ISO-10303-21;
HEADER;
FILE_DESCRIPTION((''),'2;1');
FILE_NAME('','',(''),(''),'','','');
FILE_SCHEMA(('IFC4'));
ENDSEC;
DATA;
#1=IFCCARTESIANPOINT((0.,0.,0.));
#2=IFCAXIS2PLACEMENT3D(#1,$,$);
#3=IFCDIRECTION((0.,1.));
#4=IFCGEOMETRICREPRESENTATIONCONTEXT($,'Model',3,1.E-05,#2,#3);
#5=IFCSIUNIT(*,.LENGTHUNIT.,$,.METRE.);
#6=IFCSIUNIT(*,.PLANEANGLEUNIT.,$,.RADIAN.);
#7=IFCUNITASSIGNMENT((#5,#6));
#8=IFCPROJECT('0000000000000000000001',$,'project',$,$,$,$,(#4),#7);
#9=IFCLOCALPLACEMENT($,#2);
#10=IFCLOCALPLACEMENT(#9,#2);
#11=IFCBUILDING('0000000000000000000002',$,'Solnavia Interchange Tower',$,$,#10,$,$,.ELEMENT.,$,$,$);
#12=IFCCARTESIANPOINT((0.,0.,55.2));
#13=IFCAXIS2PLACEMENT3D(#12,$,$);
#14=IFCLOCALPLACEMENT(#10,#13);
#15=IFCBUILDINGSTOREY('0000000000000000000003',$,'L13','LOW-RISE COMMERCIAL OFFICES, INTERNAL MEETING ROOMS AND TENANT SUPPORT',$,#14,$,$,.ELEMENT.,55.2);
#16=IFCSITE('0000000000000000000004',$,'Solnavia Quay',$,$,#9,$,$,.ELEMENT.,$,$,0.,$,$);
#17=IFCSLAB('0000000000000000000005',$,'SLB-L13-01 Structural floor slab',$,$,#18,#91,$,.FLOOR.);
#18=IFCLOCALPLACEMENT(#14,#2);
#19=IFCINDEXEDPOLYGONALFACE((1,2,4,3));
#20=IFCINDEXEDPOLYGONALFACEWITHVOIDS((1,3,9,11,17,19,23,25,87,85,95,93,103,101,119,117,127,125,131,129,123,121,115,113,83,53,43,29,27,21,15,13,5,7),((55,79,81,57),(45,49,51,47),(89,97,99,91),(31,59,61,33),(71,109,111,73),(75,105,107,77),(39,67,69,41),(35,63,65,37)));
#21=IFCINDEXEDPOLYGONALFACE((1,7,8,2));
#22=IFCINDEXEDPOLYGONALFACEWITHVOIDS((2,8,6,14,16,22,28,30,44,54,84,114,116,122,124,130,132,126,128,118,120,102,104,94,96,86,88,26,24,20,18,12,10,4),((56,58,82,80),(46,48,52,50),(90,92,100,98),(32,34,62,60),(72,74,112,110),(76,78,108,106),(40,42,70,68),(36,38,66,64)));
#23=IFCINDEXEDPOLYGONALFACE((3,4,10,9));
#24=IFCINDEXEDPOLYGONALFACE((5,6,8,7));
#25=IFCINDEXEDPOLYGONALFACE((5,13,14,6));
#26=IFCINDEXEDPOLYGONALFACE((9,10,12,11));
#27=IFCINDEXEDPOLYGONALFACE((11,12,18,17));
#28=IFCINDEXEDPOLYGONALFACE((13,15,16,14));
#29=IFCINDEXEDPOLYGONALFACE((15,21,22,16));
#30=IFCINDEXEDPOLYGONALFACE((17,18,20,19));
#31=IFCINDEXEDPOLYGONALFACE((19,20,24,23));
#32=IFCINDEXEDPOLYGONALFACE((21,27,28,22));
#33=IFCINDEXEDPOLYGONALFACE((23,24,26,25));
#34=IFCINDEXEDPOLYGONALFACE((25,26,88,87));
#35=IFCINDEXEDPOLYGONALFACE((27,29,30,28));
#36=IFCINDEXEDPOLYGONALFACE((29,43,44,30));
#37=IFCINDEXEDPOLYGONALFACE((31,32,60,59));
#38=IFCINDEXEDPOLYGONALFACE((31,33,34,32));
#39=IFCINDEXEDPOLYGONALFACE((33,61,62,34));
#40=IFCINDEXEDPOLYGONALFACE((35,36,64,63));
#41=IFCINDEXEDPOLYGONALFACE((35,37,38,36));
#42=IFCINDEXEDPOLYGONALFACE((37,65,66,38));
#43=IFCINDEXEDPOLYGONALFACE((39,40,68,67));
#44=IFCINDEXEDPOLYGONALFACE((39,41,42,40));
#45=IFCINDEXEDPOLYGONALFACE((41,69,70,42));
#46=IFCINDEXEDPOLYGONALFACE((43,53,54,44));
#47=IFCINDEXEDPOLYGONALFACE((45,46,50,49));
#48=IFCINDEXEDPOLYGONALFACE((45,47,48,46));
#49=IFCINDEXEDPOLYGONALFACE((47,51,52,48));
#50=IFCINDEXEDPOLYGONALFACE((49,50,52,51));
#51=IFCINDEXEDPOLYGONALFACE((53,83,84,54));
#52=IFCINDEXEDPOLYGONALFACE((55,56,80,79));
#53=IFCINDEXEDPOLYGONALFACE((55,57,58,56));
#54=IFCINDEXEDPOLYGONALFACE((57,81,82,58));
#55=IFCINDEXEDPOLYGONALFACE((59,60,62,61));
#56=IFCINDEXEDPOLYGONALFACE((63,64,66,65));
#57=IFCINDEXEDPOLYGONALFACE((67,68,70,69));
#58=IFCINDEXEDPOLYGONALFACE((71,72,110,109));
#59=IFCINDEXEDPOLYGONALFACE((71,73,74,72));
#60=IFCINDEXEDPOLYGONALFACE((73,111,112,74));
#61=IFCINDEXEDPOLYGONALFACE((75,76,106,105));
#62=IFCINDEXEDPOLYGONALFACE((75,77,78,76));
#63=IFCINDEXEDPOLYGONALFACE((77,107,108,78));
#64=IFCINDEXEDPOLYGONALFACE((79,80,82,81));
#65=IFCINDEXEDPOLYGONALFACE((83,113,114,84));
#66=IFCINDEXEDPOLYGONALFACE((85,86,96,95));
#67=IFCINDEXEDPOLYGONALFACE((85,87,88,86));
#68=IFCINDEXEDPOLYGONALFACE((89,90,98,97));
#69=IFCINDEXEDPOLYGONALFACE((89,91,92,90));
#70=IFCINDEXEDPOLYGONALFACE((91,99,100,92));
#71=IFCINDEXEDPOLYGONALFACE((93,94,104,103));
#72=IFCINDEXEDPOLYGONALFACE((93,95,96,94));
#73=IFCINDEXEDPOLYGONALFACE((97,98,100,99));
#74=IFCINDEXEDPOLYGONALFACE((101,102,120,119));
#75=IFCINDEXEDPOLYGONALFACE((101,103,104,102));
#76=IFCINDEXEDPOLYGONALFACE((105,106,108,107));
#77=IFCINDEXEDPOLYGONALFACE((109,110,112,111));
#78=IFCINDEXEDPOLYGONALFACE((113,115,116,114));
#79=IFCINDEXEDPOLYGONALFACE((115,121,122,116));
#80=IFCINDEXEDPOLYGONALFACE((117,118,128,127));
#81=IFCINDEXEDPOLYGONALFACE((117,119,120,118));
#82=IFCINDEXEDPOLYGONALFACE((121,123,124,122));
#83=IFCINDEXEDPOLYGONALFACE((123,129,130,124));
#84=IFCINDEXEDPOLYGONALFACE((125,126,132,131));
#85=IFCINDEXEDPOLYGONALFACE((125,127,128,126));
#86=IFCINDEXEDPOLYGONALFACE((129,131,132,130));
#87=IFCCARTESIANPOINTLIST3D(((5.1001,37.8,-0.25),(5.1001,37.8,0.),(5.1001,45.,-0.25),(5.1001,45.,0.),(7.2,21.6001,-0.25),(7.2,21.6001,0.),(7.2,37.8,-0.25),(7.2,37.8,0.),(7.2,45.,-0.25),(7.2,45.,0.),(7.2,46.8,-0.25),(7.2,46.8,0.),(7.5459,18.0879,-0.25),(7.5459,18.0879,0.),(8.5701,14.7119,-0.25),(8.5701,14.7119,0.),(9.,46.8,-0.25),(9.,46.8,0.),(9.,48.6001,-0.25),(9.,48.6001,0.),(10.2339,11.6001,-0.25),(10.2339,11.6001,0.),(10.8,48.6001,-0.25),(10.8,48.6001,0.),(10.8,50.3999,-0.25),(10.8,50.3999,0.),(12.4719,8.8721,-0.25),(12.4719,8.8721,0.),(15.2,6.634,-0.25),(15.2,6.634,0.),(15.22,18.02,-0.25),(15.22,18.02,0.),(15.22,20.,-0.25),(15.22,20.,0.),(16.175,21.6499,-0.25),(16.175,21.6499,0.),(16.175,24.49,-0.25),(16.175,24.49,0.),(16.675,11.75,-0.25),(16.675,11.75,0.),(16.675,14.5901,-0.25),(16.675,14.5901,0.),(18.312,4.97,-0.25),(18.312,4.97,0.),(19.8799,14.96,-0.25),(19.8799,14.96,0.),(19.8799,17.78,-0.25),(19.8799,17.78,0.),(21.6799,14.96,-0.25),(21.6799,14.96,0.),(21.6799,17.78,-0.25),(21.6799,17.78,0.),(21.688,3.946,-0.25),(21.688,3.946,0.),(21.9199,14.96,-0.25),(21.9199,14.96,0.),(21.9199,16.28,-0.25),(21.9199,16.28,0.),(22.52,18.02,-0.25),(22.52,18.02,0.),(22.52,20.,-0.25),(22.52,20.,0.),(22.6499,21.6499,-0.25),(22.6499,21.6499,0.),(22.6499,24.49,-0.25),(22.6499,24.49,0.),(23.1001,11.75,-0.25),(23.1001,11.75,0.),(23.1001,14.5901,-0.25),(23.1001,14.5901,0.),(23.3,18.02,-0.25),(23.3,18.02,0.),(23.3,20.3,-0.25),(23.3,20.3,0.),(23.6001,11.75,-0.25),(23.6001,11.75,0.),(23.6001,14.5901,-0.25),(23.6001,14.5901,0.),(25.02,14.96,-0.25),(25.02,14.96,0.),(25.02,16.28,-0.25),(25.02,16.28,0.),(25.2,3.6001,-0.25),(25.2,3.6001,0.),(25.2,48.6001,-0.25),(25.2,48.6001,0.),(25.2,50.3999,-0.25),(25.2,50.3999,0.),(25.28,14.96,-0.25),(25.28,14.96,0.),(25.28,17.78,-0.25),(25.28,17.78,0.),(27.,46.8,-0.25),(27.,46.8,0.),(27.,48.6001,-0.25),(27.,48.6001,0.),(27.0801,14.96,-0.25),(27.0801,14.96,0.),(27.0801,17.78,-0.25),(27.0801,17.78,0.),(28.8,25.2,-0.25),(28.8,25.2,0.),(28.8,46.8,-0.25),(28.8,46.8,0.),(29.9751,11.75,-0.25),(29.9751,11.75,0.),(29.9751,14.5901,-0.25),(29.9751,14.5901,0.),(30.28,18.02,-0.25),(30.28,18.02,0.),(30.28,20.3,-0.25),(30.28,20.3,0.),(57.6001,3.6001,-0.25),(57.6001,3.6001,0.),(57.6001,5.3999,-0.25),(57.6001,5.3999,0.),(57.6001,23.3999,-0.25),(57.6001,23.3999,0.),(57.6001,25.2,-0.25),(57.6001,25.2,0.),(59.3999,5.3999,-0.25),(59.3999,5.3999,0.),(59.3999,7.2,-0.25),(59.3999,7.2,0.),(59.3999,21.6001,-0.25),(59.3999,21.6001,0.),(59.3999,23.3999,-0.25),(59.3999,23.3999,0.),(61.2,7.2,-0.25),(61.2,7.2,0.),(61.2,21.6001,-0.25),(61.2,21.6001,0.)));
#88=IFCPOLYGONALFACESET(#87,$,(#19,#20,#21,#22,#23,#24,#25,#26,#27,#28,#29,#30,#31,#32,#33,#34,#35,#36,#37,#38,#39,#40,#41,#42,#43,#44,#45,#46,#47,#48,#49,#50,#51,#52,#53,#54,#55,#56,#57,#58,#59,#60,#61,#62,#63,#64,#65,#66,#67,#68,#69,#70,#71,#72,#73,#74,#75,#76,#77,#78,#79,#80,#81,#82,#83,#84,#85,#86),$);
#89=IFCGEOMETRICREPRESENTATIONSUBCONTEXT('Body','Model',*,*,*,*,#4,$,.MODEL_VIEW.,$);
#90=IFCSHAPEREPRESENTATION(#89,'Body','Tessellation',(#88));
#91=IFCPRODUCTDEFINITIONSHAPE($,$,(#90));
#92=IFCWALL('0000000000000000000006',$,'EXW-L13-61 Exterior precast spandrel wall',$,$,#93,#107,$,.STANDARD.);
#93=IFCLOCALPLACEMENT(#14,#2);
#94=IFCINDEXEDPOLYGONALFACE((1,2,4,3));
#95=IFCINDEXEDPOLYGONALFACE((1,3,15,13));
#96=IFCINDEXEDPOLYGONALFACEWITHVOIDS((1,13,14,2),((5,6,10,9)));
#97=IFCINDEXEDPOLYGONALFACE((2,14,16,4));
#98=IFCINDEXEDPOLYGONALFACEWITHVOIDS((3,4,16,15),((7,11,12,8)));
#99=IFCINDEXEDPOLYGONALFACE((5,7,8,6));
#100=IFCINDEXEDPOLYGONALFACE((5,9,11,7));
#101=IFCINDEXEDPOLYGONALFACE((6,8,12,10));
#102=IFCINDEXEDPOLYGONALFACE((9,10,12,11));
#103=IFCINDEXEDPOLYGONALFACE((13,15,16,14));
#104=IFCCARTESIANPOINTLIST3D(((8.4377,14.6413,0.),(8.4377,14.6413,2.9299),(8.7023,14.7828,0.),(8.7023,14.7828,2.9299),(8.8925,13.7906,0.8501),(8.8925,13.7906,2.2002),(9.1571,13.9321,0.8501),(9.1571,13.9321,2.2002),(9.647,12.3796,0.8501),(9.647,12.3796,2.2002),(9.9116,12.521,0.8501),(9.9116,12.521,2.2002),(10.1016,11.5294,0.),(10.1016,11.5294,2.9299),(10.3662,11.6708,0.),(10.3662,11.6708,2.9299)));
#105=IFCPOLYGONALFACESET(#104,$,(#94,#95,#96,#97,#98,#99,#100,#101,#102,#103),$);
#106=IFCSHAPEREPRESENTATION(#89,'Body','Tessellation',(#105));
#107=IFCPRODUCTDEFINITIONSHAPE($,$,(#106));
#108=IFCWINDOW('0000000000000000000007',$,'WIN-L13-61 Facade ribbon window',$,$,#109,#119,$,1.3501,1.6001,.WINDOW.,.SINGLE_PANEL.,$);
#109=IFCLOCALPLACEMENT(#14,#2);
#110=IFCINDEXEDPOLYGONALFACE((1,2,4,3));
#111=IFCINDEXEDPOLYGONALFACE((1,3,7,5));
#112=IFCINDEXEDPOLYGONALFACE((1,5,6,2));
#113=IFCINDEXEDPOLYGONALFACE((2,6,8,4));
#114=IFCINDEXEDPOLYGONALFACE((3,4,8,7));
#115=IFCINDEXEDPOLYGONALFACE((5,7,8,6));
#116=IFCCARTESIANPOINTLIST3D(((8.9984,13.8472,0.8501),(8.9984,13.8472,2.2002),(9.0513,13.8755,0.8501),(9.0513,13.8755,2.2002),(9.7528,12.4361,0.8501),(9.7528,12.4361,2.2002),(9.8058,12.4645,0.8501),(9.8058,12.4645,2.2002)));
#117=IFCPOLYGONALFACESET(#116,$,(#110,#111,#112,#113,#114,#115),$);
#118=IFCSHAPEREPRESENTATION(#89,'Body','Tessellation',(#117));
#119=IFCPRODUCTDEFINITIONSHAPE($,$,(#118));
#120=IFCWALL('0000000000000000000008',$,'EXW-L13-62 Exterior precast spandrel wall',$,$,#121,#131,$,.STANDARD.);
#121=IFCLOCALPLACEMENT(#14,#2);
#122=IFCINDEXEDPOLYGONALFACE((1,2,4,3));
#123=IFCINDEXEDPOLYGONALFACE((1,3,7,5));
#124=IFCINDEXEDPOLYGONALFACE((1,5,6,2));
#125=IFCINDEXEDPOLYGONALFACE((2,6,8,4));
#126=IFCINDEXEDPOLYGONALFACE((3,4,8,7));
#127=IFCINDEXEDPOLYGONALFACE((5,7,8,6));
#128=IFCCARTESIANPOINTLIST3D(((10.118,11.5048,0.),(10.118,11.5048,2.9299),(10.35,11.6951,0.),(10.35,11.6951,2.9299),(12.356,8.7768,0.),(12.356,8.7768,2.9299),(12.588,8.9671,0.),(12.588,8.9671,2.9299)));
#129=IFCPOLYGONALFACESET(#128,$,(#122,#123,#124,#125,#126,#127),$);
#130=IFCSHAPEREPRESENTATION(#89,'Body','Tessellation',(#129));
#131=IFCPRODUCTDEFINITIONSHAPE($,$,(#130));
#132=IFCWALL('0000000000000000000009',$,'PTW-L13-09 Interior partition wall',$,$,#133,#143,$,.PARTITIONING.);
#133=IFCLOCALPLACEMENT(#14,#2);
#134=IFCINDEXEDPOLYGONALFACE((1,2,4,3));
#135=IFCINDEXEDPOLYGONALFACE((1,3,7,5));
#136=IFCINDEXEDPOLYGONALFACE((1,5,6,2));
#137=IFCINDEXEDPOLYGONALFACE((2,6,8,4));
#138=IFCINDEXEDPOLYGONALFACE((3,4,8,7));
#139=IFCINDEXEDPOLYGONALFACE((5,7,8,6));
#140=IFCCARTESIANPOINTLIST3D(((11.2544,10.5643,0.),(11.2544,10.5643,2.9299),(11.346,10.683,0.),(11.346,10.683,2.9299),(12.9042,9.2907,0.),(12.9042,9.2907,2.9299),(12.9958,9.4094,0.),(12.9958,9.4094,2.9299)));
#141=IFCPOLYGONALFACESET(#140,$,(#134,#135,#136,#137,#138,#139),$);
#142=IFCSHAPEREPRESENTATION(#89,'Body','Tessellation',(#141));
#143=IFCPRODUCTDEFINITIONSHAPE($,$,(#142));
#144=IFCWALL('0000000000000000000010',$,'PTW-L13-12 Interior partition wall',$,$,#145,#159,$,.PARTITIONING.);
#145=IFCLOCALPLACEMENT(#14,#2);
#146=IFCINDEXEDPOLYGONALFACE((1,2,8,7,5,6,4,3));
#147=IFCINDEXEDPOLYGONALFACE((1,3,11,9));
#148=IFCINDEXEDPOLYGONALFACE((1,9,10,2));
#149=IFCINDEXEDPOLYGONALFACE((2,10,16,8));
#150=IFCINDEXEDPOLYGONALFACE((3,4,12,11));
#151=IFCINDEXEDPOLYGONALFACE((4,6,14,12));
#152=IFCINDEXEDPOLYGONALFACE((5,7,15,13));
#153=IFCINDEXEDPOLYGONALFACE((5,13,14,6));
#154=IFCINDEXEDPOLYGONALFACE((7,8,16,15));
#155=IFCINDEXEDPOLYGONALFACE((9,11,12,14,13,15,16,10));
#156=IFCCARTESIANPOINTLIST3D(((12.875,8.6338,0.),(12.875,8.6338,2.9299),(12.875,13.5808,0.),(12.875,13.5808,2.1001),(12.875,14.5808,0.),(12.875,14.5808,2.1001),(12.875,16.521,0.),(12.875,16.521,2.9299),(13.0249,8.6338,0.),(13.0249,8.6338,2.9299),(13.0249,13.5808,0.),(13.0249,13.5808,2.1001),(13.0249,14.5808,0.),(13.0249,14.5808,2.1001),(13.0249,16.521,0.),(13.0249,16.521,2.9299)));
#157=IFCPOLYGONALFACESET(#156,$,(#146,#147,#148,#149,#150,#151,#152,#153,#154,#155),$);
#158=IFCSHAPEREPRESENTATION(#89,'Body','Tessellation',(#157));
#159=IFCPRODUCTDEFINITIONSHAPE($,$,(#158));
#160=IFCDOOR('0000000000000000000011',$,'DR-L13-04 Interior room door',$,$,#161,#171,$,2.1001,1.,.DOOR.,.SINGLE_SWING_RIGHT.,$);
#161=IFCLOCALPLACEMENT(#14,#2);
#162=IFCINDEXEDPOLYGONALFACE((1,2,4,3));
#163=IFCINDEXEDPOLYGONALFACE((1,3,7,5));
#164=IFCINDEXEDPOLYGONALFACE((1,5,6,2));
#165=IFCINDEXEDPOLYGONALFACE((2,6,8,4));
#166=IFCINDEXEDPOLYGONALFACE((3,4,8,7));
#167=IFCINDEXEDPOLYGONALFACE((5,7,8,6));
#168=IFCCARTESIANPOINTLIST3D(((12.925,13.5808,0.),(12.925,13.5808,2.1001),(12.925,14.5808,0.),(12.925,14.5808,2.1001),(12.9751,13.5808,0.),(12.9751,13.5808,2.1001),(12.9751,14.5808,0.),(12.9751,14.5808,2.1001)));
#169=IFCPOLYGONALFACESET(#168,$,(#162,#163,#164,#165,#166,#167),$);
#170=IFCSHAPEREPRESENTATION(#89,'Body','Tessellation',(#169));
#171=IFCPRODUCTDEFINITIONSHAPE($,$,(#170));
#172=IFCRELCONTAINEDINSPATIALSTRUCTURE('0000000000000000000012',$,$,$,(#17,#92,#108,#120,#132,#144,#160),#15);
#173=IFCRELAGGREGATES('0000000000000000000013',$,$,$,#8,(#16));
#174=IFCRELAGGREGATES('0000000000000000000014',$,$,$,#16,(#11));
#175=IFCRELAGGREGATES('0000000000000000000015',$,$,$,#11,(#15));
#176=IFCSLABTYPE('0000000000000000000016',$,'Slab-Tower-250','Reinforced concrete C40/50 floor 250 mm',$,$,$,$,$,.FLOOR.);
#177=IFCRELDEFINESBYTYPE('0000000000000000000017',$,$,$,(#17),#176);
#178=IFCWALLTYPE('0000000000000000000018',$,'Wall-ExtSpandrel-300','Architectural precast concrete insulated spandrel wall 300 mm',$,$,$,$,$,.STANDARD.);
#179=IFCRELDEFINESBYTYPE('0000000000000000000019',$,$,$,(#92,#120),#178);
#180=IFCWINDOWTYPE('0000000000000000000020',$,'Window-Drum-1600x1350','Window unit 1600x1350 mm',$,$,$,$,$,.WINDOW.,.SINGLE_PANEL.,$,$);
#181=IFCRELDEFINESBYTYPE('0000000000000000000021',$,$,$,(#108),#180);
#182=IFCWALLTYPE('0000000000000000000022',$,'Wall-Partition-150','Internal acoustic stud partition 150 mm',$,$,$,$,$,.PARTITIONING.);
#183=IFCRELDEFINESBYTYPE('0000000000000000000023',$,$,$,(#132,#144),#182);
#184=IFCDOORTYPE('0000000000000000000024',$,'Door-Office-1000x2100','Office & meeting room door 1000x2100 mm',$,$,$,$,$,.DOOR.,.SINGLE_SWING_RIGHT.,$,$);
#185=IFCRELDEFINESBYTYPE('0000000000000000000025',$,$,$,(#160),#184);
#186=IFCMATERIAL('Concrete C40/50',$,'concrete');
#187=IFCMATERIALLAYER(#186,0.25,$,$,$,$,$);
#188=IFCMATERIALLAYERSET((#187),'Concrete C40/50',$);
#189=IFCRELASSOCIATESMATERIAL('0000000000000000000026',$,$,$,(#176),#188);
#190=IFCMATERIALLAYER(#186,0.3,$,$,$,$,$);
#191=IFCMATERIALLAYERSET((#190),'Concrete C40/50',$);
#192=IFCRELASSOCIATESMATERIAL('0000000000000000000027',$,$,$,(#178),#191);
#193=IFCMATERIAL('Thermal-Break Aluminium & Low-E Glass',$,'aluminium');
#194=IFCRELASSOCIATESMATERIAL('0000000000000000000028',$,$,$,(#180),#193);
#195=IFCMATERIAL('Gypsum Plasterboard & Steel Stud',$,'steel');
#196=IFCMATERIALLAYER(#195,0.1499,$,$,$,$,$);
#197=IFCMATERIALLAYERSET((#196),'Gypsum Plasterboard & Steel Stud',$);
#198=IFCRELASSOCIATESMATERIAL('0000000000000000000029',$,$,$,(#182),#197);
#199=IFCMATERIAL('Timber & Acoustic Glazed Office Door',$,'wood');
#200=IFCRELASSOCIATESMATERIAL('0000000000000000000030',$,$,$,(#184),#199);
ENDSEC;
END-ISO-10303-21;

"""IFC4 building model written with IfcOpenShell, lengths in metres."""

from ifc_helpers import new_model, si_unit, direction, frame, frame_2d, origin, place, context, subcontext, project, spatial, polyline, rectangle, outline, extrude, material, layer, layer_set, type_object, element, fill, save


model = new_model("IFC4")

# Units and contexts
model_context = context("Model", 3, precision=1e-05, world=origin(), true_north=direction((0.0, 1.0)))
body_context = subcontext(model_context, "Body", "Model", "MODEL_VIEW")
ifc_project = project(units=[si_unit("LENGTHUNIT", "METRE"), si_unit("PLANEANGLEUNIT", "RADIAN")], contexts=[model_context])

# Site, building, storey
site_placement = place(None, origin())
site = spatial("IfcSite", under=ifc_project, at=site_placement, Name="Solnavia Quay", CompositionType="ELEMENT", RefElevation=0.0)
building_placement = place(site_placement, origin())
building = spatial("IfcBuilding", under=site, at=building_placement, Name="Solnavia Interchange Tower", CompositionType="ELEMENT")
storey_placement = place(building_placement, frame((0.0, 0.0, 55.2)))
storey = spatial("IfcBuildingStorey", under=building, at=storey_placement, Name="L13", Description="LOW-RISE COMMERCIAL OFFICES, INTERNAL MEETING ROOMS AND TENANT SUPPORT", CompositionType="ELEMENT", Elevation=55.2)

# Shared definitions
ifc_material_1 = material(Name="Concrete C40/50", Category="concrete")

# Slab
ifc_layer_1 = layer(ifc_material_1, 0.25)
ifc_layer_set_1 = layer_set([ifc_layer_1], Name="Concrete C40/50")
slab_type_1 = type_object("IfcSlabType", Name="Slab-Tower-250", Description="Reinforced concrete C40/50 floor 250 mm", PredefinedType="FLOOR", material=ifc_layer_set_1)
slab_1_placement = place(storey_placement, frame((0.0, 0.0, -0.25)))
element("IfcSlab", 1, at=slab_1_placement, inside=storey, type_object=slab_type_1, Name="SLB-L13-01 Structural floor slab", PredefinedType="FLOOR", context=body_context, shape_type="SweptSolid", body=[
    extrude(outline(polyline([(25.2, 3.6001), (57.6001, 3.6001), (57.6001, 5.3999), (59.3999, 5.3999), (59.3999, 7.2), (61.2, 7.2), (61.2, 21.6001), (59.3999, 21.6001), (59.3999, 23.3999), (57.6001, 23.3999), (57.6001, 25.2), (28.8, 25.2), (28.8, 46.8), (27.0, 46.8), (27.0, 48.6001), (25.2, 48.6001), (25.2, 50.3999), (10.8, 50.3999), (10.8, 48.6001), (9.0, 48.6001), (9.0, 46.8), (7.2, 46.8), (7.2, 45.0), (5.1001, 45.0), (5.1001, 37.8), (7.2, 37.8), (7.2, 21.6001), (7.5459, 18.0879), (8.5701, 14.7119), (10.2339, 11.6001), (12.4719, 8.8721), (15.2, 6.634), (18.312, 4.97), (21.688, 3.946), (25.2, 3.6001)]), holes=[polyline([(16.675, 11.75), (23.1001, 11.75), (23.1001, 14.5901), (16.675, 14.5901), (16.675, 11.75)]), polyline([(23.6001, 11.75), (29.9751, 11.75), (29.9751, 14.5901), (23.6001, 14.5901), (23.6001, 11.75)]), polyline([(16.175, 21.6499), (22.6499, 21.6499), (22.6499, 24.49), (16.175, 24.49), (16.175, 21.6499)]), polyline([(19.8799, 14.96), (21.6799, 14.96), (21.6799, 17.78), (19.8799, 17.78), (19.8799, 14.96)]), polyline([(25.28, 14.96), (27.0801, 14.96), (27.0801, 17.78), (25.28, 17.78), (25.28, 14.96)]), polyline([(21.9199, 14.96), (25.02, 14.96), (25.02, 16.28), (21.9199, 16.28), (21.9199, 14.96)]), polyline([(15.22, 18.02), (22.52, 18.02), (22.52, 20.0), (15.22, 20.0), (15.22, 18.02)]), polyline([(23.3, 18.02), (30.28, 18.02), (30.28, 20.3), (23.3, 20.3), (23.3, 18.02)])]), origin(), (0.0, 0.0, 1.0), 0.25),
])

# Wall, opening, window
ifc_layer_2 = layer(ifc_material_1, 0.3)
ifc_layer_set_2 = layer_set([ifc_layer_2], Name="Concrete C40/50")
wall_type_1 = type_object("IfcWallType", Name="Wall-ExtSpandrel-300", Description="Architectural precast concrete insulated spandrel wall 300 mm", PredefinedType="STANDARD", material=ifc_layer_set_2)
wall_1_placement = place(storey_placement, frame((10.2339, 11.6001, 0.0), z_axis=(0.0, 0.0, 1.0), x_axis=(-0.471511, 0.88186, 0.0)))
wall_1 = element("IfcWall", 2, at=wall_1_placement, inside=storey, type_object=wall_type_1, Name="EXW-L13-61 Exterior precast spandrel wall", PredefinedType="STANDARD", context=body_context, shape_type="SweptSolid", body=[
    extrude(rectangle(XDim=3.5288, YDim=0.3, at=frame_2d((1.7644, 0.0))), origin(), (0.0, 0.0, 1.0), 2.9299),
])
opening_1_placement = place(wall_1_placement, frame((0.9641, 0.0, 0.8501)))
opening_1 = element("IfcOpeningElement", 3, at=opening_1_placement, cuts=wall_1, PredefinedType="OPENING", context=body_context, shape_type="SweptSolid", body=[
    extrude(rectangle(XDim=1.6001, YDim=1.3501, at=frame_2d((0.8, 0.675))), frame((0.0, 0.1602, 0.0), z_axis=(0.0, -1.0, 0.0), x_axis=(1.0, 0.0, 0.0)), (0.0, 0.0, 1.0), 0.3201),
])
ifc_material_2 = material(Name="Thermal-Break Aluminium & Low-E Glass", Category="aluminium")
window_type = type_object("IfcWindowType", Name="Window-Drum-1600x1350", Description="Window unit 1600x1350 mm", PartitioningType="SINGLE_PANEL", PredefinedType="WINDOW", material=ifc_material_2)
window_placement = place(opening_1_placement, origin())
window = element("IfcWindow", 4, at=window_placement, inside=storey, type_object=window_type, Name="WIN-L13-61 Facade ribbon window", OverallHeight=1.3501, OverallWidth=1.6001, PartitioningType="SINGLE_PANEL", PredefinedType="WINDOW", context=body_context, shape_type="SweptSolid", body=[
    extrude(rectangle(XDim=1.6001, YDim=1.3501, at=frame_2d((0.8, 0.675))), frame((0.0, 0.03, 0.0), z_axis=(0.0, -1.0, 0.0), x_axis=(1.0, 0.0, 0.0)), (0.0, 0.0, 1.0), 0.0601),
])
fill(opening_1, window)

# Walls
wall_2_placement = place(storey_placement, frame((12.4719, 8.8721, 0.0), z_axis=(0.0, 0.0, 1.0), x_axis=(-0.634258, 0.773121, 0.0)))
element("IfcWall", 5, at=wall_2_placement, inside=storey, type_object=wall_type_1, Name="EXW-L13-62 Exterior precast spandrel wall", PredefinedType="STANDARD", context=body_context, shape_type="SweptSolid", body=[
    extrude(rectangle(XDim=3.5286, YDim=0.3, at=frame_2d((1.7642, 0.0))), origin(), (0.0, 0.0, 1.0), 2.9299),
])
ifc_material_3 = material(Name="Gypsum Plasterboard & Steel Stud", Category="steel")
ifc_layer_3 = layer(ifc_material_3, 0.1499)
ifc_layer_set_3 = layer_set([ifc_layer_3], Name="Gypsum Plasterboard & Steel Stud")
wall_type_2 = type_object("IfcWallType", Name="Wall-Partition-150", Description="Internal acoustic stud partition 150 mm", PredefinedType="PARTITIONING", material=ifc_layer_set_3)
wall_3_placement = place(storey_placement, frame((12.95, 9.3501, 0.0), z_axis=(0.0, 0.0, 1.0), x_axis=(-0.791573, 0.611074, 0.0)))
element("IfcWall", 6, at=wall_3_placement, inside=storey, type_object=wall_type_2, Name="PTW-L13-09 Interior partition wall", PredefinedType="PARTITIONING", context=body_context, shape_type="SweptSolid", body=[
    extrude(rectangle(XDim=2.0842, YDim=0.1499, at=frame_2d((1.042, 0.0))), origin(), (0.0, 0.0, 1.0), 2.9299),
])

# Wall, opening, door
wall_4_placement = place(storey_placement, frame((12.95, 8.6338, 0.0), z_axis=(0.0, 0.0, 1.0), x_axis=(0.0, 1.0, 0.0)))
wall_4 = element("IfcWall", 7, at=wall_4_placement, inside=storey, type_object=wall_type_2, Name="PTW-L13-12 Interior partition wall", PredefinedType="PARTITIONING", context=body_context, shape_type="SweptSolid", body=[
    extrude(rectangle(XDim=7.8872, YDim=0.1499, at=frame_2d((3.9436, 0.0))), origin(), (0.0, 0.0, 1.0), 2.9299),
])
opening_2_placement = place(wall_4_placement, frame((4.947, 0.0, 0.0)))
opening_2 = element("IfcOpeningElement", 8, at=opening_2_placement, cuts=wall_4, PredefinedType="OPENING", context=body_context, shape_type="SweptSolid", body=[
    extrude(rectangle(XDim=1.0, YDim=2.1001, at=frame_2d((0.5, 1.05))), frame((0.0, 0.085, 0.0), z_axis=(0.0, -1.0, 0.0), x_axis=(1.0, 0.0, 0.0)), (0.0, 0.0, 1.0), 0.1699),
])
ifc_material_4 = material(Name="Timber & Acoustic Glazed Office Door", Category="wood")
door_type_1 = type_object("IfcDoorType", Name="Door-Office-1000x2100", Description="Office & meeting room door 1000x2100 mm", OperationType="SINGLE_SWING_RIGHT", PredefinedType="DOOR", material=ifc_material_4)
door_1_placement = place(opening_2_placement, origin())
door_1 = element("IfcDoor", 9, at=door_1_placement, inside=storey, type_object=door_type_1, Name="DR-L13-04 Interior room door", OperationType="SINGLE_SWING_RIGHT", OverallHeight=2.1001, OverallWidth=1.0, PredefinedType="DOOR", context=body_context, shape_type="SweptSolid", body=[
    extrude(rectangle(XDim=1.0, YDim=2.1001, at=frame_2d((0.5, 1.05))), frame((0.0, 0.0249, 0.0), z_axis=(0.0, -1.0, 0.0), x_axis=(1.0, 0.0, 0.0)), (0.0, 0.0, 1.0), 0.05),
])
fill(opening_2, door_1)

save(model, "model.ifc")
